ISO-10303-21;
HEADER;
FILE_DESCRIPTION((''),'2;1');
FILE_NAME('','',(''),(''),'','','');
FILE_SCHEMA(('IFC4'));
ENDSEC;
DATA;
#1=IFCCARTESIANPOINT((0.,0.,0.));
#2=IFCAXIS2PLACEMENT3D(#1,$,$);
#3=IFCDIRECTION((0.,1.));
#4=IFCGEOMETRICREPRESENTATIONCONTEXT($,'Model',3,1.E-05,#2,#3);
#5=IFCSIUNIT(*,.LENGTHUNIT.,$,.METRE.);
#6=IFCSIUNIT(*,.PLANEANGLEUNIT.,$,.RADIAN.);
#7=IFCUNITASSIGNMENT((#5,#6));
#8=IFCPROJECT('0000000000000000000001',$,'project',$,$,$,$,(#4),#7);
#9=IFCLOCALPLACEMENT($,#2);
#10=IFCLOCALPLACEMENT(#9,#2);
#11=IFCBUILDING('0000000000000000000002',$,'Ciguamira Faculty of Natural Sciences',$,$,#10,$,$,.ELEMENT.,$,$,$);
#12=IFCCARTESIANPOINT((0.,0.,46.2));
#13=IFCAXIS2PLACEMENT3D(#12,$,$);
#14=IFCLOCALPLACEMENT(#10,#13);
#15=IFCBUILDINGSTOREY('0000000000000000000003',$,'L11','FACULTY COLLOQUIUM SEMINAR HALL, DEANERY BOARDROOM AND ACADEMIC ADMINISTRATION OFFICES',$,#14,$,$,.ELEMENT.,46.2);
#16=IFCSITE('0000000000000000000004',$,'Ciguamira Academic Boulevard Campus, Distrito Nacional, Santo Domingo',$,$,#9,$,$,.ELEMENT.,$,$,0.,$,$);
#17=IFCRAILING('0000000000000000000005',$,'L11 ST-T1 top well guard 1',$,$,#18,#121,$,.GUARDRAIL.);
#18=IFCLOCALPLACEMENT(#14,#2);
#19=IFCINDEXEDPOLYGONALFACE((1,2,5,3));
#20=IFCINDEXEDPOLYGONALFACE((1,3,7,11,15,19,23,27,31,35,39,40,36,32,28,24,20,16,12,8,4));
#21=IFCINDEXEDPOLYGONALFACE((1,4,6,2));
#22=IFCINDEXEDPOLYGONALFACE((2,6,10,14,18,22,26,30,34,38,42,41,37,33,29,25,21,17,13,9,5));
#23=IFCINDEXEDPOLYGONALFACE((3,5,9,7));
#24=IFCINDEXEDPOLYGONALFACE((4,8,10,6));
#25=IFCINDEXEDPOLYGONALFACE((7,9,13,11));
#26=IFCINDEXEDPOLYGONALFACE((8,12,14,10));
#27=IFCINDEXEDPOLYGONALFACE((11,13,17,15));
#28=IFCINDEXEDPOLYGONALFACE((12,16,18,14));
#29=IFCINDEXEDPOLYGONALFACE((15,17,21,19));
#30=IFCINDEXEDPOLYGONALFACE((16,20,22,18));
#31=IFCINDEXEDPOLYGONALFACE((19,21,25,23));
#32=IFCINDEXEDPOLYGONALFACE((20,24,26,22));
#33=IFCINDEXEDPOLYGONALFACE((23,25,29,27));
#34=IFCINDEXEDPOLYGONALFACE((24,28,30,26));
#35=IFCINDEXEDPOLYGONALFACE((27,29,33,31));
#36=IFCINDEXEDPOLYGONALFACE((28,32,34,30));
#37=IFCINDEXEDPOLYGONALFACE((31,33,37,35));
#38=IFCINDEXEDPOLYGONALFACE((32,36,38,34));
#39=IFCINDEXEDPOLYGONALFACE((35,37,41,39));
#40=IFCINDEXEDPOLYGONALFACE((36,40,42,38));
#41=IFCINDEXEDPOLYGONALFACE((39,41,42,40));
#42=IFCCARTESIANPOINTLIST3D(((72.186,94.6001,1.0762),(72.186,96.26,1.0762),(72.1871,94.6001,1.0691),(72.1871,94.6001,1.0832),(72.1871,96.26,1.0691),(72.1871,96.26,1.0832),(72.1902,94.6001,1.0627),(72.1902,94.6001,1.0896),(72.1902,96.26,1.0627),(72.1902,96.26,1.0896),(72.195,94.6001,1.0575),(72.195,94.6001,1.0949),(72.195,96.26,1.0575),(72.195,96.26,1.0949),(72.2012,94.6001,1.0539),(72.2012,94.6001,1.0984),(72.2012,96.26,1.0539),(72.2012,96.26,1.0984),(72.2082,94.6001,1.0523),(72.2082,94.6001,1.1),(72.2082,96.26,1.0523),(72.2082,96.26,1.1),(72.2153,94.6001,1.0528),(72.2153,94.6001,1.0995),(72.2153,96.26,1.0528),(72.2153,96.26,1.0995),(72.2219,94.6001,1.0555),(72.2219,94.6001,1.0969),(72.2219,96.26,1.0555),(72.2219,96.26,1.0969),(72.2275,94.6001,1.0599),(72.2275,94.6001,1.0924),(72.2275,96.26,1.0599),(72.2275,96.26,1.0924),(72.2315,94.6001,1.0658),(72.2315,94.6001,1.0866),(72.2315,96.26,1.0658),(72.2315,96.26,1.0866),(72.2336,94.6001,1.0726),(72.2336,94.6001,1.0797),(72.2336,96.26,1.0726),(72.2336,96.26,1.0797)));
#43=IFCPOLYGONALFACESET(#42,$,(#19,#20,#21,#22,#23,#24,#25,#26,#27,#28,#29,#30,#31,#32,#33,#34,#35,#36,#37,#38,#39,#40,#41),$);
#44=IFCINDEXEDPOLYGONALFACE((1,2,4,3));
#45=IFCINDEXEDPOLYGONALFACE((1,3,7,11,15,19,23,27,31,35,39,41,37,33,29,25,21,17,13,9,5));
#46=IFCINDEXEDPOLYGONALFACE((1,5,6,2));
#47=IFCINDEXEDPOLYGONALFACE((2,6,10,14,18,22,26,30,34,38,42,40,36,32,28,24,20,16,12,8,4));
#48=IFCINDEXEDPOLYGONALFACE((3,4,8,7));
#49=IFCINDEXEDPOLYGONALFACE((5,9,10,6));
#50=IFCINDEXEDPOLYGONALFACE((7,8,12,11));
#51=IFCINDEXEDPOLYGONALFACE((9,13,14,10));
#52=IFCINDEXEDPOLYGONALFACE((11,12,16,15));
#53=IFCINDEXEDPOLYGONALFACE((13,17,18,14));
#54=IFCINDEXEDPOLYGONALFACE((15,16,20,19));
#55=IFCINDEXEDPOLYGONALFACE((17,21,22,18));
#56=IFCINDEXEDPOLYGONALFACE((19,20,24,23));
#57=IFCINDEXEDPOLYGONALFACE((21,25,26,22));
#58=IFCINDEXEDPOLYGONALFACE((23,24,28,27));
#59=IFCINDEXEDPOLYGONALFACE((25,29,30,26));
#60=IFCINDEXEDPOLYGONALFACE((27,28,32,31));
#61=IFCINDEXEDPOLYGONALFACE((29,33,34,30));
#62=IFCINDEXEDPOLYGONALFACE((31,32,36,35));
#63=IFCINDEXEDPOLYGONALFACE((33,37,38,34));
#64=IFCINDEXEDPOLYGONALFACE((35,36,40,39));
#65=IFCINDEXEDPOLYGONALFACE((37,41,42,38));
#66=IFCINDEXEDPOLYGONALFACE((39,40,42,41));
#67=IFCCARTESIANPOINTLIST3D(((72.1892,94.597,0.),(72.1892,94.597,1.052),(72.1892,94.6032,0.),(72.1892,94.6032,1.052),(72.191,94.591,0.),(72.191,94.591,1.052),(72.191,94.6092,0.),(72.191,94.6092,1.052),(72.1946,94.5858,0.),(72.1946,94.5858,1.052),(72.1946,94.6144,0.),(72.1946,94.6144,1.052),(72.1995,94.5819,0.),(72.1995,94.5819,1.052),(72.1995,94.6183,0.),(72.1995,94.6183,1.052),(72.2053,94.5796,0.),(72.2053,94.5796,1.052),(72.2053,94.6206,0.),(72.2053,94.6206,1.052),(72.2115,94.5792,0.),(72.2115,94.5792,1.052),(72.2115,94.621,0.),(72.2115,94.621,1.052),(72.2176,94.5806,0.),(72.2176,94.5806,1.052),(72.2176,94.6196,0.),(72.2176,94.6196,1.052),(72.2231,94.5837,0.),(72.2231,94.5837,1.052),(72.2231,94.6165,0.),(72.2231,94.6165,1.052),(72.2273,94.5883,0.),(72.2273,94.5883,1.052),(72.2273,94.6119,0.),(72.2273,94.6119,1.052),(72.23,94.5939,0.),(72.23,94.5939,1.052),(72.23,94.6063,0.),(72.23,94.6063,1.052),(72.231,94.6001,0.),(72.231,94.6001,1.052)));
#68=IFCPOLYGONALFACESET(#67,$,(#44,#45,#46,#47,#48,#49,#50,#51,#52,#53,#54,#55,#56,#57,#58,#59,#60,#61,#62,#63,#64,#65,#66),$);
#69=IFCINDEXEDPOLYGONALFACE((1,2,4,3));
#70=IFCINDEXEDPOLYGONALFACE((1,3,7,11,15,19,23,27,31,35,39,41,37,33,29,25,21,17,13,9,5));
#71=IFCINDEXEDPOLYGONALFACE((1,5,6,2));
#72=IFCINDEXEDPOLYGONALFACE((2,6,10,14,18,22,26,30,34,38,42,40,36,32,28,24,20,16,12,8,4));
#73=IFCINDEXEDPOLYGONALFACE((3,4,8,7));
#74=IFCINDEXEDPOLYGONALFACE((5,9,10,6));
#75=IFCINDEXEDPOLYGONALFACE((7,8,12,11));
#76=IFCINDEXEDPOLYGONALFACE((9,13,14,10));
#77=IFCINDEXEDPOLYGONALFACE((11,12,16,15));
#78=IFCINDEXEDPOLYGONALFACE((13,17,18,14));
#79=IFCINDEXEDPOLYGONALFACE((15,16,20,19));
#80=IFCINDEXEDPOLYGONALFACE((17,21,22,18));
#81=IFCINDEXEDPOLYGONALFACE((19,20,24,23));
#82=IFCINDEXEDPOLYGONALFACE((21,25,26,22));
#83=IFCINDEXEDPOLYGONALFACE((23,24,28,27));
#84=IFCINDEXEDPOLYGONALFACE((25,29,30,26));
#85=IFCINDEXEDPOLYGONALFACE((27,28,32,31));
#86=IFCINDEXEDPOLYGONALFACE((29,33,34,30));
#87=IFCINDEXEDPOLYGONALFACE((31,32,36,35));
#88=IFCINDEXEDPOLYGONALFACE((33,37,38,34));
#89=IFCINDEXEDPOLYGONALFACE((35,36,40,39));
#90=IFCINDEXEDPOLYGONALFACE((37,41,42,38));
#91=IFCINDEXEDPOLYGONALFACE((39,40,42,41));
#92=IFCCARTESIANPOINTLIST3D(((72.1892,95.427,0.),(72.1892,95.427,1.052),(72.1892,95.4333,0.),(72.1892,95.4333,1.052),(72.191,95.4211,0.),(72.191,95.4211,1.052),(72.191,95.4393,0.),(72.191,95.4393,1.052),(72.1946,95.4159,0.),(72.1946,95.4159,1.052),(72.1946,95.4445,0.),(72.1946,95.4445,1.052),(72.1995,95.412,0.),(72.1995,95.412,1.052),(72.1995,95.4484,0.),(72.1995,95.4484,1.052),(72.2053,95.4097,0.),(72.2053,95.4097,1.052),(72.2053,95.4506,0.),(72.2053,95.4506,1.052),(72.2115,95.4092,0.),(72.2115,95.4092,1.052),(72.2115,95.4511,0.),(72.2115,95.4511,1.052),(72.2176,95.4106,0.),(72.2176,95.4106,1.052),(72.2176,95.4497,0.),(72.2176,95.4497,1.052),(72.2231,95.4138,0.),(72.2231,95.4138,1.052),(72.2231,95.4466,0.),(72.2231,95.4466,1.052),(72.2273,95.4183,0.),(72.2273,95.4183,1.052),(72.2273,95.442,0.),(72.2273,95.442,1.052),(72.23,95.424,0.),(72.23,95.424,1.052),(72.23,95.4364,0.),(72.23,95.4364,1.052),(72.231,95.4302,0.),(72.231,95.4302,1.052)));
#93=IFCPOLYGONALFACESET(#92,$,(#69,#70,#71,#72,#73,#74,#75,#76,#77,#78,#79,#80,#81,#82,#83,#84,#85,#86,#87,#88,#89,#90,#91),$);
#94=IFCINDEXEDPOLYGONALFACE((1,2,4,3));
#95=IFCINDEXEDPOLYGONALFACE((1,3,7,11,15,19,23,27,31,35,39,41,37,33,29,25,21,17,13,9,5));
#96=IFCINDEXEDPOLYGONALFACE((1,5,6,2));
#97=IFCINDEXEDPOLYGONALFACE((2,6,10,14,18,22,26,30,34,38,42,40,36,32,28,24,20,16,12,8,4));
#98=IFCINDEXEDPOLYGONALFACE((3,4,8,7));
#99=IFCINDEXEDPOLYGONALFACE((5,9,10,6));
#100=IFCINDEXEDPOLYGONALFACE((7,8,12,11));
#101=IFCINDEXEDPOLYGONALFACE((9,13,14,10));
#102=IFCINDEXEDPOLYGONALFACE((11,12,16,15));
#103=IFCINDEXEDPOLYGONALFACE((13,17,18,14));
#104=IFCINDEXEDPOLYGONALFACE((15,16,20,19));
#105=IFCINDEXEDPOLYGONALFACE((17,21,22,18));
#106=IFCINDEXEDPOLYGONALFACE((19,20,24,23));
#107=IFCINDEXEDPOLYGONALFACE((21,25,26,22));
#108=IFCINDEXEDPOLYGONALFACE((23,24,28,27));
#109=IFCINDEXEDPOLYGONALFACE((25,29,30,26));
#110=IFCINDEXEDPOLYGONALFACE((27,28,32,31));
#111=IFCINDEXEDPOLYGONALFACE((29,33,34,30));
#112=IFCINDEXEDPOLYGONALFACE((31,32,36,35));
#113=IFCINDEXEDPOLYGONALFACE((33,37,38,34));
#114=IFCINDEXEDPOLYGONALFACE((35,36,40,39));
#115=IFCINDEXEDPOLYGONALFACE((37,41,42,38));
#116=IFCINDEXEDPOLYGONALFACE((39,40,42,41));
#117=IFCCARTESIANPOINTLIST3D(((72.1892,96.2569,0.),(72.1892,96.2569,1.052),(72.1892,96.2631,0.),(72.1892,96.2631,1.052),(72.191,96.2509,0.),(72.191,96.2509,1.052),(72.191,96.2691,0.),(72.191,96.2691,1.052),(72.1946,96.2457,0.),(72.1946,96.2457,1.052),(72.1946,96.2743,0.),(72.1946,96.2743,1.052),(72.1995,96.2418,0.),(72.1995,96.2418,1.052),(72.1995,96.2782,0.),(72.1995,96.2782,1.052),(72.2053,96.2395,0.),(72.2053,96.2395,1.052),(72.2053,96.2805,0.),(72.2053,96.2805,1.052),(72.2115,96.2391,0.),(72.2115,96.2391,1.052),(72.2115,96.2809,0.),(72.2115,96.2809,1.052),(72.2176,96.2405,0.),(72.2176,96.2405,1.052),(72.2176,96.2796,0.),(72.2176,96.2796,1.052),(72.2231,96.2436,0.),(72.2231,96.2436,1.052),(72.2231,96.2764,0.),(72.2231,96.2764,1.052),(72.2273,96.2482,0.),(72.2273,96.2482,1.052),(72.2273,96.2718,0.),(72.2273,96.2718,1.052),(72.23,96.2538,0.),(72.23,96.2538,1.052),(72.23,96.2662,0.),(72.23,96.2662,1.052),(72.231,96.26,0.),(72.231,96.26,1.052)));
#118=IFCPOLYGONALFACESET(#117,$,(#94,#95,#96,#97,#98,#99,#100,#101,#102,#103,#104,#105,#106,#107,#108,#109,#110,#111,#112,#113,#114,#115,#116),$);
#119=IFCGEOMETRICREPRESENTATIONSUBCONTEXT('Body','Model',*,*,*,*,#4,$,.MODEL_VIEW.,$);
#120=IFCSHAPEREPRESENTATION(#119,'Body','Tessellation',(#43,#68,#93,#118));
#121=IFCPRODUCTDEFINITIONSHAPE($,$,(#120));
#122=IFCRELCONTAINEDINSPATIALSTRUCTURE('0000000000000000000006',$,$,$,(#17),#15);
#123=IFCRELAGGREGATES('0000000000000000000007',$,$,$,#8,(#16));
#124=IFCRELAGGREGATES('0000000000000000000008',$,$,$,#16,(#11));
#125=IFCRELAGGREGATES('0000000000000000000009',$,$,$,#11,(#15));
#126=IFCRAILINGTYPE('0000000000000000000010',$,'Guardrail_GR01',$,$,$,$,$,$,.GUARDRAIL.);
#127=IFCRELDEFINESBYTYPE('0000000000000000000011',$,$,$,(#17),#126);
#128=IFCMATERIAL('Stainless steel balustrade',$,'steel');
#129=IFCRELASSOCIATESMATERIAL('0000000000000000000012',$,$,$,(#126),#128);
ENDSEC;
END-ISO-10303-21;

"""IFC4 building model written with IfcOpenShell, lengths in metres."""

from ifc_helpers import new_model, si_unit, direction, frame, origin, origin_2d, place, context, subcontext, project, spatial, circle, extrude, material, type_object, element, save


model = new_model("IFC4")

# Units and contexts
model_context = context("Model", 3, precision=1e-05, world=origin(), true_north=direction((0.0, 1.0)))
body_context = subcontext(model_context, "Body", "Model", "MODEL_VIEW")
ifc_project = project(units=[si_unit("LENGTHUNIT", "METRE"), si_unit("PLANEANGLEUNIT", "RADIAN")], contexts=[model_context])

# Site, building, storey
site_placement = place(None, origin())
site = spatial("IfcSite", under=ifc_project, at=site_placement, Name="Ciguamira Academic Boulevard Campus, Distrito Nacional, Santo Domingo", CompositionType="ELEMENT", RefElevation=0.0)
building_placement = place(site_placement, origin())
building = spatial("IfcBuilding", under=site, at=building_placement, Name="Ciguamira Faculty of Natural Sciences", CompositionType="ELEMENT")
storey_placement = place(building_placement, frame((0.0, 0.0, 46.2)))
storey = spatial("IfcBuildingStorey", under=building, at=storey_placement, Name="L11", Description="FACULTY COLLOQUIUM SEMINAR HALL, DEANERY BOARDROOM AND ACADEMIC ADMINISTRATION OFFICES", CompositionType="ELEMENT", Elevation=46.2)

# Railing
ifc_material_1 = material(Name="Stainless steel balustrade", Category="steel")
railing_type = type_object("IfcRailingType", Name="Guardrail_GR01", PredefinedType="GUARDRAIL", material=ifc_material_1)
railing_placement = place(storey_placement, frame((72.21, 94.6001, 0.0)))
element("IfcRailing", 1, at=railing_placement, inside=storey, type_object=railing_type, Name="L11 ST-T1 top well guard 1", PredefinedType="GUARDRAIL", context=body_context, shape_type="SweptSolid", body=[
    extrude(circle(Radius=0.0239, at=origin_2d()), frame((0.0, 0.0, 1.0762), z_axis=(0.0, 1.0, 0.0), x_axis=(-1.0, 0.0, 0.0)), (0.0, 0.0, 1.0), 1.6599),
    extrude(circle(Radius=0.021, at=origin_2d()), origin(), (0.0, 0.0, 1.0), 1.052),
    extrude(circle(Radius=0.021, at=origin_2d()), frame((0.0, 0.8301, 0.0)), (0.0, 0.0, 1.0), 1.052),
    extrude(circle(Radius=0.021, at=origin_2d()), frame((0.0, 1.6599, 0.0)), (0.0, 0.0, 1.0), 1.052),
])

save(model, "model.ifc")
